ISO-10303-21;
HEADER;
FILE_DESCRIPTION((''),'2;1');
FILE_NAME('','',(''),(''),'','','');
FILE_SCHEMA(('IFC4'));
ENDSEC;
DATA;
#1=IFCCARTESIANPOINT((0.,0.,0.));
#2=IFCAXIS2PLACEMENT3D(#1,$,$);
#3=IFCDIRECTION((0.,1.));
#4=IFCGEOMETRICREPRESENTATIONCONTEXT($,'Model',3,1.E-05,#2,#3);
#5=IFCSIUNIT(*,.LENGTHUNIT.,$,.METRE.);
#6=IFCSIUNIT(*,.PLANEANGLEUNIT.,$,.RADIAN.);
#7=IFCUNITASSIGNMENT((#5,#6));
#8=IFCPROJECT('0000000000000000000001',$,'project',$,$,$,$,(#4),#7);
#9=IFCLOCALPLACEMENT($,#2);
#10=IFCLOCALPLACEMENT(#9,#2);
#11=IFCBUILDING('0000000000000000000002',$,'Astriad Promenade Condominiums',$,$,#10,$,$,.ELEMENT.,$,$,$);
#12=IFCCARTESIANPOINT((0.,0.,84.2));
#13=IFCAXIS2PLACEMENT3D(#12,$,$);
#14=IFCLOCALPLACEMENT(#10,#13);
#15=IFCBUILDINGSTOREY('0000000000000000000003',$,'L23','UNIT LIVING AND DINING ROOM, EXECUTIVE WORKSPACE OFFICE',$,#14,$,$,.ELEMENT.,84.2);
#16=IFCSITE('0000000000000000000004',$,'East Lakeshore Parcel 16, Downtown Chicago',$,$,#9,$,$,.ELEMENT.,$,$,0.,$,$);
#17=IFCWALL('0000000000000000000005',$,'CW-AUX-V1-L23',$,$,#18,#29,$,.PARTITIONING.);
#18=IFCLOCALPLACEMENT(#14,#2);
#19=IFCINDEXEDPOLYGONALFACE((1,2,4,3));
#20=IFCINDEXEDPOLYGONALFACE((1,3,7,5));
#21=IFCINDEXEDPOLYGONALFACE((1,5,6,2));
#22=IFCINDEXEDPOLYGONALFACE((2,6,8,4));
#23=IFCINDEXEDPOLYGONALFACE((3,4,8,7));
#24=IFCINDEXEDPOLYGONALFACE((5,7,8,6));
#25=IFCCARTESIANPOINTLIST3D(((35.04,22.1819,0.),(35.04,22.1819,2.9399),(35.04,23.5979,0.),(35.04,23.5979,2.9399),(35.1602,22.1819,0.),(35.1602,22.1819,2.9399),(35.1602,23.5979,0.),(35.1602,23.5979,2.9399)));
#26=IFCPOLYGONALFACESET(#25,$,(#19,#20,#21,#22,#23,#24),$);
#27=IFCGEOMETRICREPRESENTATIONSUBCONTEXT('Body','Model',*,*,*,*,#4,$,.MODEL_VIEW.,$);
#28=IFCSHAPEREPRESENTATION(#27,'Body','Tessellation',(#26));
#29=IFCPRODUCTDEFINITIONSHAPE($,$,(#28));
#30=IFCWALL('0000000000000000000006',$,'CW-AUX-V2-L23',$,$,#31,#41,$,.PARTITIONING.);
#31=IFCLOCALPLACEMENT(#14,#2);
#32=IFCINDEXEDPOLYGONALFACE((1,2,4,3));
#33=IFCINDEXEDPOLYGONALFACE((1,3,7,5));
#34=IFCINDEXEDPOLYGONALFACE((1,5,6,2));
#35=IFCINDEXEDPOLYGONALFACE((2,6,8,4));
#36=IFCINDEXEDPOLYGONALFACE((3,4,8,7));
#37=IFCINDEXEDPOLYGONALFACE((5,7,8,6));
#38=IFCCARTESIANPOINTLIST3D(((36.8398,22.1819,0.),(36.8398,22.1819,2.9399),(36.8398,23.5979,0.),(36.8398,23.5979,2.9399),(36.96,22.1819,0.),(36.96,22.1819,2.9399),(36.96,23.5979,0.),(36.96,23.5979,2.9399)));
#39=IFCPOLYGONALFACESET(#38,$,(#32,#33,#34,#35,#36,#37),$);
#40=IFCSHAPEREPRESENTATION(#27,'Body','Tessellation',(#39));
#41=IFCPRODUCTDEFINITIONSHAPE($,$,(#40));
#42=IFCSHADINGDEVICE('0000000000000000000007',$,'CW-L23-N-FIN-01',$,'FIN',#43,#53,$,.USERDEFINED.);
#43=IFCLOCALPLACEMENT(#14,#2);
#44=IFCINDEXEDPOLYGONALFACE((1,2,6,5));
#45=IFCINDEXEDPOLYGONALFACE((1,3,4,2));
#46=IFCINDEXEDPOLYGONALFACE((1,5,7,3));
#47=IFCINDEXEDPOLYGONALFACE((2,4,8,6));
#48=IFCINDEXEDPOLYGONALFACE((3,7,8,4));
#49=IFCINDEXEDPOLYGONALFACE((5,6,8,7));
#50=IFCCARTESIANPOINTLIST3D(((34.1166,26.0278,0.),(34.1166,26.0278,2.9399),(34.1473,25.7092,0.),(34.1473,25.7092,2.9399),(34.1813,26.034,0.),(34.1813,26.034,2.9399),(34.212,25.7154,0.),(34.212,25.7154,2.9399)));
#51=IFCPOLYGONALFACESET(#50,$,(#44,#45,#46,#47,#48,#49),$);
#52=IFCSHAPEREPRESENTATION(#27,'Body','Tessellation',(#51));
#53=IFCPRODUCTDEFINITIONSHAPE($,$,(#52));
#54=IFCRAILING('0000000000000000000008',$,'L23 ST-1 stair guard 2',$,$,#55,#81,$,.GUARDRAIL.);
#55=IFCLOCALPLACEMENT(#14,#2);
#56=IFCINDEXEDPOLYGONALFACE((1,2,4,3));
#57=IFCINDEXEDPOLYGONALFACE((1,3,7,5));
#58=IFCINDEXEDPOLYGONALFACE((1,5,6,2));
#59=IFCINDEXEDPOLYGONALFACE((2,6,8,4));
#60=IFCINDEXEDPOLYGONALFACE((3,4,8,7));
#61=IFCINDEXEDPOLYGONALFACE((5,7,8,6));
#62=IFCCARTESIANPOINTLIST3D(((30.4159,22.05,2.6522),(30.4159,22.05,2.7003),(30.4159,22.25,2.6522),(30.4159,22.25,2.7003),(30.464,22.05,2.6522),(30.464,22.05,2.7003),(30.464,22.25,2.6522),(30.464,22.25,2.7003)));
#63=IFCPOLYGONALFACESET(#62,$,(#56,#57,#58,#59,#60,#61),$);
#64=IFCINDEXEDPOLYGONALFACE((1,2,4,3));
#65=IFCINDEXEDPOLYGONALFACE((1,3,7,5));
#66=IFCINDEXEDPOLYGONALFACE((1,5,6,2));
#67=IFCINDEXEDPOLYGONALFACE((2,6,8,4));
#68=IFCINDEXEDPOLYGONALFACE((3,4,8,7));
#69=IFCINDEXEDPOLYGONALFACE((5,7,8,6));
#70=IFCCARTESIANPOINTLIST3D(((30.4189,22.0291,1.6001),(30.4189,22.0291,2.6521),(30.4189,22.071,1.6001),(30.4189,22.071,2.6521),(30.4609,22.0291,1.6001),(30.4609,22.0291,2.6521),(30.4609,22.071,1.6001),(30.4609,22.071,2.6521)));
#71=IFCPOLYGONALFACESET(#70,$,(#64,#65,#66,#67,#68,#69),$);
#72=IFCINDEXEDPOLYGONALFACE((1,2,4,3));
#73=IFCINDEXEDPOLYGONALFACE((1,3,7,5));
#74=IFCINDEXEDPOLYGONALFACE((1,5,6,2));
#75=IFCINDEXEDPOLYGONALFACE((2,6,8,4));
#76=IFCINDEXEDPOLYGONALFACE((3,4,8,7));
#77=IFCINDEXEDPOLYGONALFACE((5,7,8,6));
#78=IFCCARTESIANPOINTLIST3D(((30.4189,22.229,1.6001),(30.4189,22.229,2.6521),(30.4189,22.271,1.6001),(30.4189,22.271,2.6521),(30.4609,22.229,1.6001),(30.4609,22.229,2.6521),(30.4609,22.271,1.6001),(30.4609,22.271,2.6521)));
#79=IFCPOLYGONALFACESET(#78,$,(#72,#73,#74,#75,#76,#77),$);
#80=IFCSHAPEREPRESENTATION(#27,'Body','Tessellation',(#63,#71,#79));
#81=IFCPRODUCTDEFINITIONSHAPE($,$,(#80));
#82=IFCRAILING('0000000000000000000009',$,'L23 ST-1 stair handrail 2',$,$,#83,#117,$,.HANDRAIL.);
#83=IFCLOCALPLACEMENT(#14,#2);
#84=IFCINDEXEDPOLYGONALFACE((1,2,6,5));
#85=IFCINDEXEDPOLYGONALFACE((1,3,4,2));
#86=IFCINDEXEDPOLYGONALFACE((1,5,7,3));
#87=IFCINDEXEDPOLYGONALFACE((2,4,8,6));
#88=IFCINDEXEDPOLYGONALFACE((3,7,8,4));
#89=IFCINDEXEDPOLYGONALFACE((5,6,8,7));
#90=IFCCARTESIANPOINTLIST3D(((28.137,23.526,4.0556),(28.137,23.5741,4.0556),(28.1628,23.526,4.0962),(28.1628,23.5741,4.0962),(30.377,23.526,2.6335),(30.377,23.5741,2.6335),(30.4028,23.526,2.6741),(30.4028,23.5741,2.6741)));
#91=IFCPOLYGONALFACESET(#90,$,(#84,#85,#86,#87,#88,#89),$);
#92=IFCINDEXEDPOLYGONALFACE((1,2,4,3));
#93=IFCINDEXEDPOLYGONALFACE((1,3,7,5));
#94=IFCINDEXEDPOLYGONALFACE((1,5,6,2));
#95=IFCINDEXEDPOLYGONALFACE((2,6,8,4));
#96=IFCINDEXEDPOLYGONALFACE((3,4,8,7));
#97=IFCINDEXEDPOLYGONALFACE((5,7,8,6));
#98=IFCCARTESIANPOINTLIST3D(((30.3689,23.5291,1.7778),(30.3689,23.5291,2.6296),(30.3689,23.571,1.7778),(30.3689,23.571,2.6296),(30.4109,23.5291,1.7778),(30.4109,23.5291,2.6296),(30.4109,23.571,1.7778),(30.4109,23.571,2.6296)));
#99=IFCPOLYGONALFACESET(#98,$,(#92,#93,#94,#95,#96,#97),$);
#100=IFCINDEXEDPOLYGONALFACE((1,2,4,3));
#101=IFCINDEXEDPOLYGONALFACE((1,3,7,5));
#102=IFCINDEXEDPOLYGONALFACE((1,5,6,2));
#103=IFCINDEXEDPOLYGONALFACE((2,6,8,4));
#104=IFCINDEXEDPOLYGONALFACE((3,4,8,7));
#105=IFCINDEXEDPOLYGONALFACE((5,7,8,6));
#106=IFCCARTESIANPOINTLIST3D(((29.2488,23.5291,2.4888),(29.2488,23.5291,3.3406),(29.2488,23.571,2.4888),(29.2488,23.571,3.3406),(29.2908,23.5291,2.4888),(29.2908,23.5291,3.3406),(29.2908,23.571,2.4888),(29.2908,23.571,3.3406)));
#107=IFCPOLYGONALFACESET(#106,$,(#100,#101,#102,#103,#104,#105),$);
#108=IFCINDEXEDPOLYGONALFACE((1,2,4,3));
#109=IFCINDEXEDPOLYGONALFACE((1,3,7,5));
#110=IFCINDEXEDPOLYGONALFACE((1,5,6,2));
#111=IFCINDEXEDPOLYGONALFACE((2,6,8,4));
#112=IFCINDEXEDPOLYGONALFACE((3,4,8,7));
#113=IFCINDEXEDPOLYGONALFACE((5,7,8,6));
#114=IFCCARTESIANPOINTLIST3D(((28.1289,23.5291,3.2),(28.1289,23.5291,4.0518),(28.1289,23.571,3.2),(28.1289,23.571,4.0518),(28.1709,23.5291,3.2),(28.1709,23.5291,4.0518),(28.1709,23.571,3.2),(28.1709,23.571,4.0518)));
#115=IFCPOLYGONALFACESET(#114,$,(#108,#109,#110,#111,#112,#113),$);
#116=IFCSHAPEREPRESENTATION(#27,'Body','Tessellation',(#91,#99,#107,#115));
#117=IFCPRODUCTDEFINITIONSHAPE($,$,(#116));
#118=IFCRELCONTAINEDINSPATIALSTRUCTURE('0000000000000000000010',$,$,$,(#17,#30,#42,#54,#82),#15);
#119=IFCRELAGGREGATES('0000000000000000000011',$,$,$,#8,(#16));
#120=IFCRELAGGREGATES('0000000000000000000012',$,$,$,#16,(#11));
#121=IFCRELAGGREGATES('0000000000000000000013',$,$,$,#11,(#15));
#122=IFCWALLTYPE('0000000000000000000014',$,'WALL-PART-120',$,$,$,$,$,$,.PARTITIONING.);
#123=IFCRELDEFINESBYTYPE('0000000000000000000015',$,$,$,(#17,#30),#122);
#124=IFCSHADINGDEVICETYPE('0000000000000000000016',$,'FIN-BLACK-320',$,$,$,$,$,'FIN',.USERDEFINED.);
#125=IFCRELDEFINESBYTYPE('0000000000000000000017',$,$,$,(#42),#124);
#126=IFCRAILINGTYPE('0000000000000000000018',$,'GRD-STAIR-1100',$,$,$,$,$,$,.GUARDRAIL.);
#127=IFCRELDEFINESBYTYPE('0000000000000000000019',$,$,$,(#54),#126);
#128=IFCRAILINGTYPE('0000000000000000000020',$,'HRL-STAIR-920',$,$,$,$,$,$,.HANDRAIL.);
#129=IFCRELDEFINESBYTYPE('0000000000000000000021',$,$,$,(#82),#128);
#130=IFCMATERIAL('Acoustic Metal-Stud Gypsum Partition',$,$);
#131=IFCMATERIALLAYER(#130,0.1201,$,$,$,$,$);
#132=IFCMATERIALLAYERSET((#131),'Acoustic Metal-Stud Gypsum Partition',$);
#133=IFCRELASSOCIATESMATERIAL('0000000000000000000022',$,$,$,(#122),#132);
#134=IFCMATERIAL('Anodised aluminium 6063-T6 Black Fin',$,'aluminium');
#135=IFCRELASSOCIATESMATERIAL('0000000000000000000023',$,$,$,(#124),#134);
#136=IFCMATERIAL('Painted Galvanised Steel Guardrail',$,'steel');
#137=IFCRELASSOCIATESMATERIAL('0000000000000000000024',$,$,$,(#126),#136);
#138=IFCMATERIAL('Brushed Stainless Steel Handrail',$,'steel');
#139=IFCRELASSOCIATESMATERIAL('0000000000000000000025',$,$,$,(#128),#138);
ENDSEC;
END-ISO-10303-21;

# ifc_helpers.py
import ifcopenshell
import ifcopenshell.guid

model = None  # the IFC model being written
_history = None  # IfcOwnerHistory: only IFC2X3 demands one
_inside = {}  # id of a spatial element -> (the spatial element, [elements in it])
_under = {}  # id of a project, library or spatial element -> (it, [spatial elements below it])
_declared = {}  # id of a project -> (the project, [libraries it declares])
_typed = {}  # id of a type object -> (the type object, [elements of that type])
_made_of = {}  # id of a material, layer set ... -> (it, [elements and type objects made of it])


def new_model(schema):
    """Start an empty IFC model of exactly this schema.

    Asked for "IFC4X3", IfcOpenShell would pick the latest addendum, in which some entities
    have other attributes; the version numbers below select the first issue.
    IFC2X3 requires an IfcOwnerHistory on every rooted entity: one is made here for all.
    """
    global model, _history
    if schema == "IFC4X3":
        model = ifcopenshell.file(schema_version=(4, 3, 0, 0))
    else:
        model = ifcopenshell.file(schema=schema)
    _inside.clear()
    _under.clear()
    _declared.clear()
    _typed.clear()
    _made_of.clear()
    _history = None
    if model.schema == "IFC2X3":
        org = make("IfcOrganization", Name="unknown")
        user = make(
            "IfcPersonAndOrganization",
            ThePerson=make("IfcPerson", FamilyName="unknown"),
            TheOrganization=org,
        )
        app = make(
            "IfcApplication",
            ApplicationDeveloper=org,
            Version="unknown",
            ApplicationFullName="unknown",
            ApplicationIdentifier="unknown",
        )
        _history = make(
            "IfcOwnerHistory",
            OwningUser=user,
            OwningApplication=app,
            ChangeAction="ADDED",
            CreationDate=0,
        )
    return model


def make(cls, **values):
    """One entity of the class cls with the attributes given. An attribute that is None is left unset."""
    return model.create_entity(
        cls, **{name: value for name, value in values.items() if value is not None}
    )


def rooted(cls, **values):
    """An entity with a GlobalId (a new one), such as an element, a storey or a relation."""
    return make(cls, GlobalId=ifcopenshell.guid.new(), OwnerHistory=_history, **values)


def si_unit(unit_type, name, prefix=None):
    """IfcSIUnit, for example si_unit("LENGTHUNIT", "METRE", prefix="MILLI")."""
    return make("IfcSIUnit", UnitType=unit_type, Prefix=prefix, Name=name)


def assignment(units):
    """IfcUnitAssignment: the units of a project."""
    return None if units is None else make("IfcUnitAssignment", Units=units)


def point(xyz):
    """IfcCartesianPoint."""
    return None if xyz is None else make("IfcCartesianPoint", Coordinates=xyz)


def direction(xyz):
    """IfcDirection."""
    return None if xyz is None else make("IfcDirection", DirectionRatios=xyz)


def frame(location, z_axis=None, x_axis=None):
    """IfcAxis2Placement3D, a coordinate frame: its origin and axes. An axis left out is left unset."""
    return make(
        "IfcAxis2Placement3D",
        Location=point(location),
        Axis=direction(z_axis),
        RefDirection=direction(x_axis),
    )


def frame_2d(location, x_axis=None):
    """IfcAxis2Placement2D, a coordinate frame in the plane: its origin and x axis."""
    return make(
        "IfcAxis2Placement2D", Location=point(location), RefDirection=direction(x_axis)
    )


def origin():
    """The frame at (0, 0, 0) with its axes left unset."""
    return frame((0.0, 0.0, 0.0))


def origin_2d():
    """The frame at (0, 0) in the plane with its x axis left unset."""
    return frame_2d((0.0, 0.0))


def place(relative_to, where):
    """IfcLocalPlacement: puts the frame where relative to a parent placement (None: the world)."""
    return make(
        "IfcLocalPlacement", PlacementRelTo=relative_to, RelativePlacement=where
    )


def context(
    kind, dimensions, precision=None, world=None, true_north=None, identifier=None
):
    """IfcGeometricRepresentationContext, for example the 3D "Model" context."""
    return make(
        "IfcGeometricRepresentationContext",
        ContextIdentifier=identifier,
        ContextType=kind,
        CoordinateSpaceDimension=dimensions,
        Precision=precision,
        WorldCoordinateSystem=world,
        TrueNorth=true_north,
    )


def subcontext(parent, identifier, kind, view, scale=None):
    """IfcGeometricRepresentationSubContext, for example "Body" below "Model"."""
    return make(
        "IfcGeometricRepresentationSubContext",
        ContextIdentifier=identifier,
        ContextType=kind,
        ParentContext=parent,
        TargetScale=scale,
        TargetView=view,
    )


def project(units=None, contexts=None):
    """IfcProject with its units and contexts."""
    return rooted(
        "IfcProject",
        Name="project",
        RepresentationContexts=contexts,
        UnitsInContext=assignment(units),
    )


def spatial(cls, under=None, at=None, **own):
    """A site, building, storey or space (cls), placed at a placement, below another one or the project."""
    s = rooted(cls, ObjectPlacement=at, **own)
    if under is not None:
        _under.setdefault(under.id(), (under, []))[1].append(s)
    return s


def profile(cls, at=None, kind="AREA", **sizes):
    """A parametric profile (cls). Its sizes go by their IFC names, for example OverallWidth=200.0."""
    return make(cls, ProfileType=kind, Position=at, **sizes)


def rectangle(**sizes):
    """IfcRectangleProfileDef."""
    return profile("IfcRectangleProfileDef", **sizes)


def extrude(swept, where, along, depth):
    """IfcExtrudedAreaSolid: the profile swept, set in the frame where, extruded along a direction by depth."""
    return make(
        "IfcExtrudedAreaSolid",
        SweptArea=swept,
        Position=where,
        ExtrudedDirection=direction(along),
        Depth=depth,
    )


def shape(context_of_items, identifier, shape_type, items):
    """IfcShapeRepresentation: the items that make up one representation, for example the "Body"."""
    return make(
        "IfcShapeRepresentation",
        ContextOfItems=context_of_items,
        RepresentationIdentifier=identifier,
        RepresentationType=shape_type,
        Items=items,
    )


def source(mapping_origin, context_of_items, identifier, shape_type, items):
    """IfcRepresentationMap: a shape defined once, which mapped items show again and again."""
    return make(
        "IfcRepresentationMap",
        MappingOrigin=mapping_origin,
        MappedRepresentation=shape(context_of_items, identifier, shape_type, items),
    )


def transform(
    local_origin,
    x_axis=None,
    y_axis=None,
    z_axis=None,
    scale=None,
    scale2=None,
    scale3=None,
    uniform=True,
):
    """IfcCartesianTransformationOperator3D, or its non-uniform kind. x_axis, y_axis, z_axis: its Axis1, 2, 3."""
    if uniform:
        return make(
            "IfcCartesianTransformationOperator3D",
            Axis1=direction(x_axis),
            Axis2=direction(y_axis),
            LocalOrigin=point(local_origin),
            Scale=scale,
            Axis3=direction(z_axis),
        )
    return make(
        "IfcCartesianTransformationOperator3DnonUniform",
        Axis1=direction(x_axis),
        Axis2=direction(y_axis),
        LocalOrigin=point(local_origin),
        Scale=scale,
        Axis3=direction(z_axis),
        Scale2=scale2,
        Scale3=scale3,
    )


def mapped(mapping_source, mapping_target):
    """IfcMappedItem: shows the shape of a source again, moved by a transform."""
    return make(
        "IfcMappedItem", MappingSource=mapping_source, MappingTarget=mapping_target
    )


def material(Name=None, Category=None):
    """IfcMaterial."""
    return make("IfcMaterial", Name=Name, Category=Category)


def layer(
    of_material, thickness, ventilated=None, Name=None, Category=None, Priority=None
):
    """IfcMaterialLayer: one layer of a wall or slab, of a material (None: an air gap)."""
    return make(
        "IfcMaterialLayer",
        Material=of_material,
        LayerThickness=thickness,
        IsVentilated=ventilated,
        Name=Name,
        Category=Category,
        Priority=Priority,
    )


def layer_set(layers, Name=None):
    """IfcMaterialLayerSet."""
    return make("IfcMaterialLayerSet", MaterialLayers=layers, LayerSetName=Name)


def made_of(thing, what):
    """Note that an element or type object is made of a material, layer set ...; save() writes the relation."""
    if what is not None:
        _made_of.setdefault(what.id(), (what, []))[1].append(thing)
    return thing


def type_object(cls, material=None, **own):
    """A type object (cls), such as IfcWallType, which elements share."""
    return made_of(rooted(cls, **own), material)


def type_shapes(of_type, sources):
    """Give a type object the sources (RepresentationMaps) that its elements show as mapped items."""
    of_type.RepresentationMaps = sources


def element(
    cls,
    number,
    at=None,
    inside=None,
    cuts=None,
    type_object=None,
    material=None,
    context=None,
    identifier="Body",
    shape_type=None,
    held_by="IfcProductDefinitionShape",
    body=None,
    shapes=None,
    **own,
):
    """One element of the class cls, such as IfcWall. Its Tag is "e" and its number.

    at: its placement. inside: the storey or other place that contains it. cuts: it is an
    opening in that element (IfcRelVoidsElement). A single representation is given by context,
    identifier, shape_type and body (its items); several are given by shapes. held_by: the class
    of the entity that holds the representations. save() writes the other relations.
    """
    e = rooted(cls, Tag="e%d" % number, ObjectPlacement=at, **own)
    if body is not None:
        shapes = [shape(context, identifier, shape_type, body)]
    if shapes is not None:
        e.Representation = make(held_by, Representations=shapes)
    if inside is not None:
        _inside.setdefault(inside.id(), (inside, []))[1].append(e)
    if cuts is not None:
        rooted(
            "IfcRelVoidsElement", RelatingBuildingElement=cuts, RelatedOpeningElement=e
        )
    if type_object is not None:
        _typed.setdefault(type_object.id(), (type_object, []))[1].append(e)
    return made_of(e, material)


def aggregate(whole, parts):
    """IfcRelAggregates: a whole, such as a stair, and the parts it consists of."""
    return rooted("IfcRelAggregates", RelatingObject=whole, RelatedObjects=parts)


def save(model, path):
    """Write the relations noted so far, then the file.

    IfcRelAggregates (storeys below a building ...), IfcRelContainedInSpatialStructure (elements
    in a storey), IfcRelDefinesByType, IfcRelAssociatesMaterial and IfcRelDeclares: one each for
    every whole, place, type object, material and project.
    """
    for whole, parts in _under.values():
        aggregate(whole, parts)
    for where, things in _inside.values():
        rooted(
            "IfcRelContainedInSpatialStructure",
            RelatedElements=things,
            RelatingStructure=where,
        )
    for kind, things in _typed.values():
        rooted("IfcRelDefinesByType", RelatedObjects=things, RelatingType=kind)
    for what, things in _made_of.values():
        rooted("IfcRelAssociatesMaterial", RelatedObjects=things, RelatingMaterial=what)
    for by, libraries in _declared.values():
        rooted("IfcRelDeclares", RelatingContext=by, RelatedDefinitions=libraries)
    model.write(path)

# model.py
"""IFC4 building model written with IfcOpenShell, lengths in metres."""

from ifc_helpers import new_model, si_unit, direction, frame, frame_2d, origin, origin_2d, place, context, subcontext, project, spatial, rectangle, extrude, source, transform, mapped, material, layer, layer_set, type_object, type_shapes, element, save


model = new_model("IFC4")

# Units and contexts
model_context = context("Model", 3, precision=1e-05, world=origin(), true_north=direction((0.0, 1.0)))
body_context = subcontext(model_context, "Body", "Model", "MODEL_VIEW")
ifc_project = project(units=[si_unit("LENGTHUNIT", "METRE"), si_unit("PLANEANGLEUNIT", "RADIAN")], contexts=[model_context])

# Site, building, storey
site_placement = place(None, origin())
site = spatial("IfcSite", under=ifc_project, at=site_placement, Name="East Lakeshore Parcel 16, Downtown Chicago", CompositionType="ELEMENT", RefElevation=0.0)
building_placement = place(site_placement, origin())
building = spatial("IfcBuilding", under=site, at=building_placement, Name="Astriad Promenade Condominiums", CompositionType="ELEMENT")
storey_placement = place(building_placement, frame((0.0, 0.0, 84.2)))
storey = spatial("IfcBuildingStorey", under=building, at=storey_placement, Name="L23", Description="UNIT LIVING AND DINING ROOM, EXECUTIVE WORKSPACE OFFICE", CompositionType="ELEMENT", Elevation=84.2)

# Walls
ifc_material_1 = material(Name="Acoustic Metal-Stud Gypsum Partition")
ifc_layer_1 = layer(ifc_material_1, 0.1201)
ifc_layer_set_1 = layer_set([ifc_layer_1], Name="Acoustic Metal-Stud Gypsum Partition")
wall_type_1 = type_object("IfcWallType", Name="WALL-PART-120", PredefinedType="PARTITIONING", material=ifc_layer_set_1)
for number, where, z_axis, x_axis, name in (
    (1, (35.1001, 22.1819, 0.0), (0.0, 0.0, 1.0), (0.0, 1.0, 0.0), "CW-AUX-V1-L23"),
    (2, (36.8999, 22.1819, 0.0), (0.0, 0.0, 1.0), (0.0, 1.0, 0.0), "CW-AUX-V2-L23"),
):
    element("IfcWall", number, at=place(storey_placement, frame(where, z_axis=z_axis, x_axis=x_axis)), inside=storey, type_object=wall_type_1, Name=name, PredefinedType="PARTITIONING", context=body_context, shape_type="SweptSolid", body=[
        extrude(rectangle(XDim=1.416, YDim=0.1201, at=frame_2d((0.708, 0.0))), origin(), (0.0, 0.0, 1.0), 2.9399),
    ])

# Shading device
ifc_material_2 = material(Name="Anodised aluminium 6063-T6 Black Fin", Category="aluminium")
shading_device_type = type_object("IfcShadingDeviceType", Name="FIN-BLACK-320", ElementType="FIN", PredefinedType="USERDEFINED", material=ifc_material_2)
shared_shape_1 = source(origin(), body_context, "Body", "SweptSolid", [
    extrude(rectangle(XDim=0.0649, YDim=0.3201, at=origin_2d()), origin(), (0.0, 0.0, 1.0), 2.9399),
])
type_shapes(shading_device_type, [shared_shape_1])
shading_device_placement = place(storey_placement, frame((34.1643, 25.8716, 0.0), z_axis=(0.0, 0.0, 1.0), x_axis=(0.995396, 0.095846, 0.0)))
element("IfcShadingDevice", 3, at=shading_device_placement, inside=storey, type_object=shading_device_type, Name="CW-L23-N-FIN-01", ObjectType="FIN", PredefinedType="USERDEFINED", context=body_context, shape_type="MappedRepresentation", body=[
    mapped(shared_shape_1, transform((0.0, 0.0, 0.0), scale=1.0)),
])

# Railings
ifc_material_3 = material(Name="Painted Galvanised Steel Guardrail", Category="steel")
railing_type_1 = type_object("IfcRailingType", Name="GRD-STAIR-1100", PredefinedType="GUARDRAIL", material=ifc_material_3)
shared_shape_2 = source(origin(), body_context, "Body", "SweptSolid", [
    extrude(rectangle(XDim=0.0481, YDim=0.0481, at=origin_2d()), frame((0.0, 0.0, 1.0762), z_axis=(0.0, 1.0, 0.0), x_axis=(-1.0, 0.0, 0.0)), (0.0, 0.0, 1.0), 0.2),
    extrude(rectangle(XDim=0.042, YDim=0.042, at=origin_2d()), origin(), (0.0, 0.0, 1.0), 1.052),
    extrude(rectangle(XDim=0.042, YDim=0.042, at=origin_2d()), frame((0.0, 0.2, 0.0)), (0.0, 0.0, 1.0), 1.052),
])
type_shapes(railing_type_1, [shared_shape_2])
railing_1_placement = place(storey_placement, frame((30.4399, 22.05, 1.6001)))
element("IfcRailing", 4, at=railing_1_placement, inside=storey, type_object=railing_type_1, Name="L23 ST-1 stair guard 2", PredefinedType="GUARDRAIL", context=body_context, shape_type="MappedRepresentation", body=[
    mapped(shared_shape_2, transform((0.0, 0.0, 0.0), scale=1.0)),
])
ifc_material_4 = material(Name="Brushed Stainless Steel Handrail", Category="steel")
railing_type_2 = type_object("IfcRailingType", Name="HRL-STAIR-920", PredefinedType="HANDRAIL", material=ifc_material_4)
shared_shape_3 = source(origin(), body_context, "Body", "SweptSolid", [
    extrude(rectangle(XDim=0.0481, YDim=0.0481, at=origin_2d()), frame((0.0, 0.0, 0.876), z_axis=(-0.844229, 0.0, 0.535982), x_axis=(0.0, -1.0, 0.0)), (0.0, 0.0, 1.0), 2.6533),
    extrude(rectangle(XDim=0.042, YDim=0.042, at=origin_2d()), origin(), (0.0, 0.0, 1.0), 0.8518),
    extrude(rectangle(XDim=0.042, YDim=0.042, at=origin_2d()), frame((-1.1201, 0.0, 0.7109)), (0.0, 0.0, 1.0), 0.8518),
    extrude(rectangle(XDim=0.042, YDim=0.042, at=origin_2d()), frame((-2.24, 0.0, 1.4221)), (0.0, 0.0, 1.0), 0.8518),
])
type_shapes(railing_type_2, [shared_shape_3])
railing_2_placement = place(storey_placement, frame((30.3899, 23.55, 1.7778)))
element("IfcRailing", 5, at=railing_2_placement, inside=storey, type_object=railing_type_2, Name="L23 ST-1 stair handrail 2", PredefinedType="HANDRAIL", context=body_context, shape_type="MappedRepresentation", body=[
    mapped(shared_shape_3, transform((0.0, 0.0, 0.0), scale=1.0)),
])

save(model, "model.ifc")
